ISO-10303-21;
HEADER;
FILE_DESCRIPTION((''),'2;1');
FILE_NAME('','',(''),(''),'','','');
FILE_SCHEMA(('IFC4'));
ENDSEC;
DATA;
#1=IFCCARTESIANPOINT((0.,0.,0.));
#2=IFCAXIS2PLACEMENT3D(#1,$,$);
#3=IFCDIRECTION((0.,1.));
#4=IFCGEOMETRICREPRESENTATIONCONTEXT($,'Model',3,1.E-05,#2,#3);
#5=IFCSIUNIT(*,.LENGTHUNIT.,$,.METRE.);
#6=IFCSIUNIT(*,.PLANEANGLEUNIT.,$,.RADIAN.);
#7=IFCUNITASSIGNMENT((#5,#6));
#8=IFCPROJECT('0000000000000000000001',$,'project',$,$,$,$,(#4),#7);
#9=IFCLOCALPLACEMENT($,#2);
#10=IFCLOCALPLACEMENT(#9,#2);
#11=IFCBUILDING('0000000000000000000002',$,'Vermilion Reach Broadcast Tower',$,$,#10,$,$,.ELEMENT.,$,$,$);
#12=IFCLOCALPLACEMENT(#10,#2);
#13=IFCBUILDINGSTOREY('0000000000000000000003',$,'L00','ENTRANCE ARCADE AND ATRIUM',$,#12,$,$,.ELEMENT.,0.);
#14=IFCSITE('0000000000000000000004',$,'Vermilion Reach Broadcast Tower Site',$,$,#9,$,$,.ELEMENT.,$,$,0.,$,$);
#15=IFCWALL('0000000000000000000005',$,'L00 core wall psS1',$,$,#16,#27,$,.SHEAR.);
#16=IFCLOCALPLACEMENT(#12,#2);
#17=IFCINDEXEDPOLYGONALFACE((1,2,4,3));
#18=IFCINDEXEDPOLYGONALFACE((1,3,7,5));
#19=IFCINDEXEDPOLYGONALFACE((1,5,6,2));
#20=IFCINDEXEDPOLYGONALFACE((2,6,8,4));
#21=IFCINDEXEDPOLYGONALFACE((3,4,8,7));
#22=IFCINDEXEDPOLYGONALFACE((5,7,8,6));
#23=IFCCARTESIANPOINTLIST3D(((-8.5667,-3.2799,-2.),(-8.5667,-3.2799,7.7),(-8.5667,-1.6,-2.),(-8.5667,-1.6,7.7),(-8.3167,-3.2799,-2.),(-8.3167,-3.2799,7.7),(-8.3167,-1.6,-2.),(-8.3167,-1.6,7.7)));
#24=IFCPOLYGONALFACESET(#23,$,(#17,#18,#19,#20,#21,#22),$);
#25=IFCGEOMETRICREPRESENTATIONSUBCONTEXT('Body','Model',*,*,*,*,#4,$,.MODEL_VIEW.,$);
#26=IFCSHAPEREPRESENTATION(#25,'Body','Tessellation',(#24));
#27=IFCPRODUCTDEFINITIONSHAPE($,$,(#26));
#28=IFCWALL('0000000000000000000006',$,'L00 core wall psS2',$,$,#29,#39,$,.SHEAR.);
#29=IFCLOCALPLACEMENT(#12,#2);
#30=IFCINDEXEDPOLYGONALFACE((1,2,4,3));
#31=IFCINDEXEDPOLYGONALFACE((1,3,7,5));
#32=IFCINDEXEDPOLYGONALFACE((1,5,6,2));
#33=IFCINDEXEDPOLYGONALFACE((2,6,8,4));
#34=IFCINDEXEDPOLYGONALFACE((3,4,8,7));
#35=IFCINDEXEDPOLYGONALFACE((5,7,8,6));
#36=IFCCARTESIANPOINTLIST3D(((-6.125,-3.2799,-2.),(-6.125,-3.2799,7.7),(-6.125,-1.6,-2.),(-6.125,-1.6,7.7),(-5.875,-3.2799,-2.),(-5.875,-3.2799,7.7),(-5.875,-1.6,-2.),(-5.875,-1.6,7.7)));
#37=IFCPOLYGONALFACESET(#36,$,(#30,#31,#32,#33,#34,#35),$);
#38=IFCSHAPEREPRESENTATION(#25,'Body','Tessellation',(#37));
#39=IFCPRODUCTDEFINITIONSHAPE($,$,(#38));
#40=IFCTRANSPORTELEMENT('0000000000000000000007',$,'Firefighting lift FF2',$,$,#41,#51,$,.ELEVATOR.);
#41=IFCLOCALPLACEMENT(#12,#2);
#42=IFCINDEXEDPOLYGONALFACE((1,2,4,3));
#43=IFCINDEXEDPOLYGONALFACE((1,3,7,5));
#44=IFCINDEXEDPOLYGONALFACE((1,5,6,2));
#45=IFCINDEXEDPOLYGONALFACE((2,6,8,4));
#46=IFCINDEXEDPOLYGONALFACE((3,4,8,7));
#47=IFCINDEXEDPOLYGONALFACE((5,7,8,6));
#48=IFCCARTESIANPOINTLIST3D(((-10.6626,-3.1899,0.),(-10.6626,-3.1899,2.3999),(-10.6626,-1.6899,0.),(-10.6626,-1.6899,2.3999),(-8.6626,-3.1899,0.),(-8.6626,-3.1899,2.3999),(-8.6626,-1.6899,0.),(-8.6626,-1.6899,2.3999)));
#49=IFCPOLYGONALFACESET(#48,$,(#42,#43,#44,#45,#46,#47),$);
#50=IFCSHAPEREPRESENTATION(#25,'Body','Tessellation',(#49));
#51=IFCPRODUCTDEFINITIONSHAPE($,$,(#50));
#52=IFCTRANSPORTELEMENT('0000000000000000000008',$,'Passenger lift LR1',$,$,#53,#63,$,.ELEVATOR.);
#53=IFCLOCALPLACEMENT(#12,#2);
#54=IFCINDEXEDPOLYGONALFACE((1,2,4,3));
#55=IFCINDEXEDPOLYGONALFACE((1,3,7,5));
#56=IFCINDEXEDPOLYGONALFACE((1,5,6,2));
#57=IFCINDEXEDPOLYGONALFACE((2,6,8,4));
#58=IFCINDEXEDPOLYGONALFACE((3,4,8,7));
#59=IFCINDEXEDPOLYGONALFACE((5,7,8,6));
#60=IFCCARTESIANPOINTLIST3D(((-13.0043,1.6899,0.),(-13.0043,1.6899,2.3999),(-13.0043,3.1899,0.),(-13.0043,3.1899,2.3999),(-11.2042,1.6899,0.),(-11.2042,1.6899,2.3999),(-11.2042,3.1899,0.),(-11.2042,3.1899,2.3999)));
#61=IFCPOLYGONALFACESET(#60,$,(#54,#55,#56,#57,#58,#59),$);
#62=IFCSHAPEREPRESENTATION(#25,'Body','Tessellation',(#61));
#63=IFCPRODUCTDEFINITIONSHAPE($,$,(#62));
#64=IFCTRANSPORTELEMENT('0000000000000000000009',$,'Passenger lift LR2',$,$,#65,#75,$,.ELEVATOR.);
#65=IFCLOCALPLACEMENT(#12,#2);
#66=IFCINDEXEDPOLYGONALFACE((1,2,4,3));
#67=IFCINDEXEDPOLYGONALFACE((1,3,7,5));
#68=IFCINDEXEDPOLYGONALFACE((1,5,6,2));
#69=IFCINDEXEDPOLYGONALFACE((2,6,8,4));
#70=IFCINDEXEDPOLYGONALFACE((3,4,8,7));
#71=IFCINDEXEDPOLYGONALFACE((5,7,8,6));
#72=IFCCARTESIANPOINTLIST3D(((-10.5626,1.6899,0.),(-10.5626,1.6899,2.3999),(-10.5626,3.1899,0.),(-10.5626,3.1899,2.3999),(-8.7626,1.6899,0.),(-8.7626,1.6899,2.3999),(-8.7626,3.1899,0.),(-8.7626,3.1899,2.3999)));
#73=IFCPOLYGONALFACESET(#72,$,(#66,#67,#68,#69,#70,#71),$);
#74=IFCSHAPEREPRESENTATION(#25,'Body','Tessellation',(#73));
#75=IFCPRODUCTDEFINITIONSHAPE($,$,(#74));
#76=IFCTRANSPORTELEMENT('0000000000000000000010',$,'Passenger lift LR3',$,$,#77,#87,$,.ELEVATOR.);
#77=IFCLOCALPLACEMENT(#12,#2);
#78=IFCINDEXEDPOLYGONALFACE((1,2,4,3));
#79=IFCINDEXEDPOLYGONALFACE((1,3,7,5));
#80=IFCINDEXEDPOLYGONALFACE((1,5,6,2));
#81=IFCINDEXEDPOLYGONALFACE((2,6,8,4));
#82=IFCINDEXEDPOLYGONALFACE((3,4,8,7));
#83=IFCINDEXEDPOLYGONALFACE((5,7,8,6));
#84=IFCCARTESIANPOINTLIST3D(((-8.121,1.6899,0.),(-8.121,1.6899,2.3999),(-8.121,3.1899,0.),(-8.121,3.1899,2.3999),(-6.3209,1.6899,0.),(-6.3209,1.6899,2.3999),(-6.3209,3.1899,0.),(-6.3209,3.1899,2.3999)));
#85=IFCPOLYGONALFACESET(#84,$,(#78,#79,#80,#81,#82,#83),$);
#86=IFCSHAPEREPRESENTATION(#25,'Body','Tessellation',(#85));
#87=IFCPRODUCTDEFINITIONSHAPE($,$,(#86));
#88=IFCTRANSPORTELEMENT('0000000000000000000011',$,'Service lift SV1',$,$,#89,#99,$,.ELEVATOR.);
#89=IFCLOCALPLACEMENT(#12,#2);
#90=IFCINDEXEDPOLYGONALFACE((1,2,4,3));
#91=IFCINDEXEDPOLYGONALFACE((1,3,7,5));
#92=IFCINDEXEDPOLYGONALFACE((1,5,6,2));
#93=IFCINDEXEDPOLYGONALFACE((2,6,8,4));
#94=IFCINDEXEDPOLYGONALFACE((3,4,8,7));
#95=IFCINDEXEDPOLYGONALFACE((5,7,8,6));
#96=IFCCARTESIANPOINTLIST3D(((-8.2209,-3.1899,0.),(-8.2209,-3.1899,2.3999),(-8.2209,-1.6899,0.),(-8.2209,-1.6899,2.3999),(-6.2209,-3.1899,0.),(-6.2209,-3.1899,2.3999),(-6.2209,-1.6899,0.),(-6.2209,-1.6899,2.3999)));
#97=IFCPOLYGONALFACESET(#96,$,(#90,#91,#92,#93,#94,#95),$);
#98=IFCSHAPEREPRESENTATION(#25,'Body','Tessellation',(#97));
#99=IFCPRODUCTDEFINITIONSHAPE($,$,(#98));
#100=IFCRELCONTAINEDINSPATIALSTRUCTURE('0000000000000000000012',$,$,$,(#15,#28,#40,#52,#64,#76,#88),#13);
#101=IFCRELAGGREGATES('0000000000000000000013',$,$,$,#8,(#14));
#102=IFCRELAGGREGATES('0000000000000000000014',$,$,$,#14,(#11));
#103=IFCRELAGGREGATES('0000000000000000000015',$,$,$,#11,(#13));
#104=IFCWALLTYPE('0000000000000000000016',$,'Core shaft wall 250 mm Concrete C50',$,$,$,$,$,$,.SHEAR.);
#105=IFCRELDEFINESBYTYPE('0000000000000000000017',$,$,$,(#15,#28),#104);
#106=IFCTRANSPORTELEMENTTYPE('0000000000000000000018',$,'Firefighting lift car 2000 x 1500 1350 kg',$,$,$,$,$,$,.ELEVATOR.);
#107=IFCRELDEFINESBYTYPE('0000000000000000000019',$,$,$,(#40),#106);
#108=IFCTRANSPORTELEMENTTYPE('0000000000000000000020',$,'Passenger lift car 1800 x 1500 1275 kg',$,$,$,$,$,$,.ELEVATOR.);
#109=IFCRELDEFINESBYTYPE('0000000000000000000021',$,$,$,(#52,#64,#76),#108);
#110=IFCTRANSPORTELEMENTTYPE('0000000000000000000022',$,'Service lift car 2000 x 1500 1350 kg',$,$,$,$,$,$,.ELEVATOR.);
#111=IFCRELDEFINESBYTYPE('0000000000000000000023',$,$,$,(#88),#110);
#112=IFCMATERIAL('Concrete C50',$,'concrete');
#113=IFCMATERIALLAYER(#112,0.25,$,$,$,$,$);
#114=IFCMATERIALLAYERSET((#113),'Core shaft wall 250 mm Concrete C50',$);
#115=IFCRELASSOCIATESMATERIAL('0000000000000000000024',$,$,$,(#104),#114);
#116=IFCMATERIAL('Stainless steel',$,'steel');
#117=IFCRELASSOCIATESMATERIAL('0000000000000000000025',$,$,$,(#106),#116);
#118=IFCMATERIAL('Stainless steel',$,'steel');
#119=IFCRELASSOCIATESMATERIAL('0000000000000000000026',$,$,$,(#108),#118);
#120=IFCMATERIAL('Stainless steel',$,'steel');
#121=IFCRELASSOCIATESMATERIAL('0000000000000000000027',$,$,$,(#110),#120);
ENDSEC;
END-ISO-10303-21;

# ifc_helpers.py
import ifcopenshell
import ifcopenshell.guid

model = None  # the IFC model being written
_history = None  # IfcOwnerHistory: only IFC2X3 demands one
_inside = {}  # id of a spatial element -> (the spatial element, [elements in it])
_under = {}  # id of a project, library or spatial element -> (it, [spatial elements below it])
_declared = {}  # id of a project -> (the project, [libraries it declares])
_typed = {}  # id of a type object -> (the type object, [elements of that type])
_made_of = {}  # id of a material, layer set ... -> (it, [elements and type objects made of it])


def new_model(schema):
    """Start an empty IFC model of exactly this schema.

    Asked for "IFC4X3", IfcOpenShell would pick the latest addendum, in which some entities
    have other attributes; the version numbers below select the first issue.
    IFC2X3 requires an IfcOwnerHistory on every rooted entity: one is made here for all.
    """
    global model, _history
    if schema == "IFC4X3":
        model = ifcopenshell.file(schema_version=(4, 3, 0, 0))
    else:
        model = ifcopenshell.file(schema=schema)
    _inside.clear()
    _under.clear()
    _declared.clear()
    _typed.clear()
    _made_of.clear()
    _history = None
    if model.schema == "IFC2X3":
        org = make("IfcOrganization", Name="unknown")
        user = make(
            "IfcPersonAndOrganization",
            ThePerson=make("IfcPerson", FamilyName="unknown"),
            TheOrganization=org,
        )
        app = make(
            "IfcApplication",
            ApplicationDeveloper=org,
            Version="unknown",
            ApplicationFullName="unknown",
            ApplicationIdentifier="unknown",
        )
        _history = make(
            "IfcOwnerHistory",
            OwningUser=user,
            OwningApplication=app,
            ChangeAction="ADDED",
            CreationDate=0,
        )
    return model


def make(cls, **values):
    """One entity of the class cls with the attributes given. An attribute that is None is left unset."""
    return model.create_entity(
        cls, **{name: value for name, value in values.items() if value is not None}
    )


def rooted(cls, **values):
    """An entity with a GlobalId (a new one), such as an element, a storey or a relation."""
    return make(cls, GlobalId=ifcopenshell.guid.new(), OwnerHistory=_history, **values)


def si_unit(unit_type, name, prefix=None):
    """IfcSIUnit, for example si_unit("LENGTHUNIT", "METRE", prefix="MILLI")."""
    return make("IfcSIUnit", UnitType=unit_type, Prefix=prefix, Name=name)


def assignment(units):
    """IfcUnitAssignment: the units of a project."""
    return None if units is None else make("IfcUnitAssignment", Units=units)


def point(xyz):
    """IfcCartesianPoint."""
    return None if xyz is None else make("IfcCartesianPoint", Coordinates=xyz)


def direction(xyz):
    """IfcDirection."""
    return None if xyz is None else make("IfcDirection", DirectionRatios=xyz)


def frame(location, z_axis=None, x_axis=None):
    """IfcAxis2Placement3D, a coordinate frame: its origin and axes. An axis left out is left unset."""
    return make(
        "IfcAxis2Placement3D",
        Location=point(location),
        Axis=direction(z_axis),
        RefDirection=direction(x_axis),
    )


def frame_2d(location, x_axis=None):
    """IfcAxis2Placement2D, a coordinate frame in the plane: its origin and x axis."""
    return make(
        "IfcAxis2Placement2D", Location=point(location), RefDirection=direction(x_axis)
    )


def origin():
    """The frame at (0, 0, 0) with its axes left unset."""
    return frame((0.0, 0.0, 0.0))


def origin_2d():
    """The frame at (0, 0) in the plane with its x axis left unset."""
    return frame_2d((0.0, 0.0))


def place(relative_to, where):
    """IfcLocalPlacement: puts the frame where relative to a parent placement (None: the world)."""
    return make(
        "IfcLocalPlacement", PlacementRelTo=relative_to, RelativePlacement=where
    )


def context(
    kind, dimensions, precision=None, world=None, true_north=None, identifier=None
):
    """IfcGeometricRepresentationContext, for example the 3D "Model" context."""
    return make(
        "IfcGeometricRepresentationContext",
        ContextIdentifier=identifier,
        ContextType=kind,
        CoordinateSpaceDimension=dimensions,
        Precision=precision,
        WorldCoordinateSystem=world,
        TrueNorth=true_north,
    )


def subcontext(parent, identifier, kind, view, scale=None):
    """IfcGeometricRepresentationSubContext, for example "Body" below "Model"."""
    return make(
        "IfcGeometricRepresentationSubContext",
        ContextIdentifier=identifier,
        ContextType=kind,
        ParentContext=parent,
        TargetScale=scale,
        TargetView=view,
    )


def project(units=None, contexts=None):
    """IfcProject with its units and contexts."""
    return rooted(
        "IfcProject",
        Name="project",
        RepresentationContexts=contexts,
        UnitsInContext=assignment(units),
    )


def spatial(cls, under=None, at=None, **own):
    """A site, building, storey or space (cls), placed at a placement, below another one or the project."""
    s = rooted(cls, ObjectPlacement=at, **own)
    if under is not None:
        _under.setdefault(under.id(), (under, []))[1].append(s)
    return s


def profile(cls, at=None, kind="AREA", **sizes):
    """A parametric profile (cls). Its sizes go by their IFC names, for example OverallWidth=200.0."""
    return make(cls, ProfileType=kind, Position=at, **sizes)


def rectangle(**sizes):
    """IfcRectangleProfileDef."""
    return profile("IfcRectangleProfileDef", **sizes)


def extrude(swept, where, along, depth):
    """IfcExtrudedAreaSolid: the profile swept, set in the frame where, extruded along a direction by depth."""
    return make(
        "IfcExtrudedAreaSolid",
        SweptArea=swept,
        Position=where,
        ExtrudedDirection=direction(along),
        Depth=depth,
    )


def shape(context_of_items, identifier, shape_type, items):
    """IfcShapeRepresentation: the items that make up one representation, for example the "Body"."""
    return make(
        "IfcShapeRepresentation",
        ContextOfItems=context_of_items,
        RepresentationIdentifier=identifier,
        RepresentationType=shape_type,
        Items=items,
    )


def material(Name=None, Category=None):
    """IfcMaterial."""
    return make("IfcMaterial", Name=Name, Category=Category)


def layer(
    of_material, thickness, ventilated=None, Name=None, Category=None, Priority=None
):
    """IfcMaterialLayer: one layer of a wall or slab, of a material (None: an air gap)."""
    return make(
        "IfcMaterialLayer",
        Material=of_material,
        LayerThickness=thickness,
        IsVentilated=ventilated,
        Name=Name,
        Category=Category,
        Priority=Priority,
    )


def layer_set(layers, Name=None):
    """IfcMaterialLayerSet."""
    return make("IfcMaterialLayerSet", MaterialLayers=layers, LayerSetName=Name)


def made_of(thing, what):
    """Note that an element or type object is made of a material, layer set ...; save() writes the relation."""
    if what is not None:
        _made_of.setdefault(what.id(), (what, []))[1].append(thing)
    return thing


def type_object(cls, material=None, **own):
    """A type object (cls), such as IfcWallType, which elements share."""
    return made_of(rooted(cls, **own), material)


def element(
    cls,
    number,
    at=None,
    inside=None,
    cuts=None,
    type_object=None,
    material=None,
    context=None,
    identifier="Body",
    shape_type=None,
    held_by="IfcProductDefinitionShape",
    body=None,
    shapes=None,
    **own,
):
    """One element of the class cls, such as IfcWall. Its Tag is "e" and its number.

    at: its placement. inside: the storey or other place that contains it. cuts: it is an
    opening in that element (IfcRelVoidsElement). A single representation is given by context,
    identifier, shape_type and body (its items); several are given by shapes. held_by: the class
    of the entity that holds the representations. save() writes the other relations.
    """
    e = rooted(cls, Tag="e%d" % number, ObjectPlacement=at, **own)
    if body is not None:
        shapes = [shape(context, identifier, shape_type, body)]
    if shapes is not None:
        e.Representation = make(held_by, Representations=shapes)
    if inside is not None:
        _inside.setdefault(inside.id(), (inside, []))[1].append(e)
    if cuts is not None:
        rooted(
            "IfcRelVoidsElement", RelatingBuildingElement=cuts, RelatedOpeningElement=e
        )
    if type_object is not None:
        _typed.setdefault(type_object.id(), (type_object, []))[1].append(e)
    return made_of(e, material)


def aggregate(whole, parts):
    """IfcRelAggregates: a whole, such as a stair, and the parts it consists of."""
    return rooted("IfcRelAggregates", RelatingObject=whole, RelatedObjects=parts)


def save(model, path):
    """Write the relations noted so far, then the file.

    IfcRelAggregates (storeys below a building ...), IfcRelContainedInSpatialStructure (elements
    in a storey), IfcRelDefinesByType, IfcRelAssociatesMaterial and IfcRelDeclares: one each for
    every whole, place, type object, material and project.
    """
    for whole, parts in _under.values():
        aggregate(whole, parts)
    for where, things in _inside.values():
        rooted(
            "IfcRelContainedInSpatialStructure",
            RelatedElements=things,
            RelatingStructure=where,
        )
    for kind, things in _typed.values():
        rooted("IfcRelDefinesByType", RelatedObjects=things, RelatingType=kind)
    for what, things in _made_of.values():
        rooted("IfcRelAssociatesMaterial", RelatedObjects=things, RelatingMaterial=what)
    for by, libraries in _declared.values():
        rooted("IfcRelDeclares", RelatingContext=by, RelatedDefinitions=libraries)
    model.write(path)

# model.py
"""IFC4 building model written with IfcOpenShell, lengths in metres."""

from ifc_helpers import new_model, si_unit, direction, frame, frame_2d, origin, origin_2d, place, context, subcontext, project, spatial, rectangle, extrude, material, layer, layer_set, type_object, element, save


model = new_model("IFC4")

# Units and contexts
model_context = context("Model", 3, precision=1e-05, world=origin(), true_north=direction((0.0, 1.0)))
body_context = subcontext(model_context, "Body", "Model", "MODEL_VIEW")
ifc_project = project(units=[si_unit("LENGTHUNIT", "METRE"), si_unit("PLANEANGLEUNIT", "RADIAN")], contexts=[model_context])

# Site, building, storey
site_placement = place(None, origin())
site = spatial("IfcSite", under=ifc_project, at=site_placement, Name="Vermilion Reach Broadcast Tower Site", CompositionType="ELEMENT", RefElevation=0.0)
building_placement = place(site_placement, origin())
building = spatial("IfcBuilding", under=site, at=building_placement, Name="Vermilion Reach Broadcast Tower", CompositionType="ELEMENT")
storey_placement = place(building_placement, origin())
storey = spatial("IfcBuildingStorey", under=building, at=storey_placement, Name="L00", Description="ENTRANCE ARCADE AND ATRIUM", CompositionType="ELEMENT", Elevation=0.0)

# Walls
ifc_material_1 = material(Name="Concrete C50", Category="concrete")
ifc_layer_1 = layer(ifc_material_1, 0.25)
ifc_layer_set_1 = layer_set([ifc_layer_1], Name="Core shaft wall 250 mm Concrete C50")
wall_type_1 = type_object("IfcWallType", Name="Core shaft wall 250 mm Concrete C50", PredefinedType="SHEAR", material=ifc_layer_set_1)
for number, where, z_axis, x_axis, name in (
    (1, (-8.4417, -1.6001, -2.0), (0.0, 0.0, 1.0), (0.0, -1.0, 0.0), "L00 core wall psS1"),
    (2, (-6.0, -1.6001, -2.0), (0.0, 0.0, 1.0), (0.0, -1.0, 0.0), "L00 core wall psS2"),
):
    element("IfcWall", number, at=place(storey_placement, frame(where, z_axis=z_axis, x_axis=x_axis)), inside=storey, type_object=wall_type_1, Name=name, PredefinedType="SHEAR", context=body_context, shape_type="SweptSolid", body=[
        extrude(rectangle(XDim=1.6799, YDim=0.25, at=frame_2d((0.8398, 0.0))), origin(), (0.0, 0.0, 1.0), 9.7),
    ])

# Transport elements
ifc_material_2 = material(Name="Stainless steel", Category="steel")
transport_element_type_1 = type_object("IfcTransportElementType", Name="Firefighting lift car 2000 x 1500 1350 kg", PredefinedType="ELEVATOR", material=ifc_material_2)
transport_element_1_placement = place(storey_placement, frame((-9.6626, -2.4399, 0.0), z_axis=(0.0, 0.0, 1.0), x_axis=(1.0, 0.0, 0.0)))
element("IfcTransportElement", 3, at=transport_element_1_placement, inside=storey, type_object=transport_element_type_1, Name="Firefighting lift FF2", PredefinedType="ELEVATOR", context=body_context, shape_type="SweptSolid", body=[
    extrude(rectangle(XDim=2.0, YDim=1.5, at=origin_2d()), origin(), (0.0, 0.0, 1.0), 2.3999),
])
ifc_material_3 = material(Name="Stainless steel", Category="steel")
transport_element_type_2 = type_object("IfcTransportElementType", Name="Passenger lift car 1800 x 1500 1275 kg", PredefinedType="ELEVATOR", material=ifc_material_3)
for number, where, z_axis, x_axis, name in (
    (4, (-12.1042, 2.4399, 0.0), (0.0, 0.0, 1.0), (1.0, 0.0, 0.0), "Passenger lift LR1"),
    (5, (-9.6626, 2.4399, 0.0), (0.0, 0.0, 1.0), (1.0, 0.0, 0.0), "Passenger lift LR2"),
    (6, (-7.2209, 2.4399, 0.0), (0.0, 0.0, 1.0), (1.0, 0.0, 0.0), "Passenger lift LR3"),
):
    element("IfcTransportElement", number, at=place(storey_placement, frame(where, z_axis=z_axis, x_axis=x_axis)), inside=storey, type_object=transport_element_type_2, Name=name, PredefinedType="ELEVATOR", context=body_context, shape_type="SweptSolid", body=[
        extrude(rectangle(XDim=1.8, YDim=1.5, at=origin_2d()), origin(), (0.0, 0.0, 1.0), 2.3999),
    ])
ifc_material_4 = material(Name="Stainless steel", Category="steel")
transport_element_type_3 = type_object("IfcTransportElementType", Name="Service lift car 2000 x 1500 1350 kg", PredefinedType="ELEVATOR", material=ifc_material_4)
transport_element_2_placement = place(storey_placement, frame((-7.2209, -2.4399, 0.0), z_axis=(0.0, 0.0, 1.0), x_axis=(1.0, 0.0, 0.0)))
element("IfcTransportElement", 7, at=transport_element_2_placement, inside=storey, type_object=transport_element_type_3, Name="Service lift SV1", PredefinedType="ELEVATOR", context=body_context, shape_type="SweptSolid", body=[
    extrude(rectangle(XDim=2.0, YDim=1.5, at=origin_2d()), origin(), (0.0, 0.0, 1.0), 2.3999),
])

save(model, "model.ifc")
